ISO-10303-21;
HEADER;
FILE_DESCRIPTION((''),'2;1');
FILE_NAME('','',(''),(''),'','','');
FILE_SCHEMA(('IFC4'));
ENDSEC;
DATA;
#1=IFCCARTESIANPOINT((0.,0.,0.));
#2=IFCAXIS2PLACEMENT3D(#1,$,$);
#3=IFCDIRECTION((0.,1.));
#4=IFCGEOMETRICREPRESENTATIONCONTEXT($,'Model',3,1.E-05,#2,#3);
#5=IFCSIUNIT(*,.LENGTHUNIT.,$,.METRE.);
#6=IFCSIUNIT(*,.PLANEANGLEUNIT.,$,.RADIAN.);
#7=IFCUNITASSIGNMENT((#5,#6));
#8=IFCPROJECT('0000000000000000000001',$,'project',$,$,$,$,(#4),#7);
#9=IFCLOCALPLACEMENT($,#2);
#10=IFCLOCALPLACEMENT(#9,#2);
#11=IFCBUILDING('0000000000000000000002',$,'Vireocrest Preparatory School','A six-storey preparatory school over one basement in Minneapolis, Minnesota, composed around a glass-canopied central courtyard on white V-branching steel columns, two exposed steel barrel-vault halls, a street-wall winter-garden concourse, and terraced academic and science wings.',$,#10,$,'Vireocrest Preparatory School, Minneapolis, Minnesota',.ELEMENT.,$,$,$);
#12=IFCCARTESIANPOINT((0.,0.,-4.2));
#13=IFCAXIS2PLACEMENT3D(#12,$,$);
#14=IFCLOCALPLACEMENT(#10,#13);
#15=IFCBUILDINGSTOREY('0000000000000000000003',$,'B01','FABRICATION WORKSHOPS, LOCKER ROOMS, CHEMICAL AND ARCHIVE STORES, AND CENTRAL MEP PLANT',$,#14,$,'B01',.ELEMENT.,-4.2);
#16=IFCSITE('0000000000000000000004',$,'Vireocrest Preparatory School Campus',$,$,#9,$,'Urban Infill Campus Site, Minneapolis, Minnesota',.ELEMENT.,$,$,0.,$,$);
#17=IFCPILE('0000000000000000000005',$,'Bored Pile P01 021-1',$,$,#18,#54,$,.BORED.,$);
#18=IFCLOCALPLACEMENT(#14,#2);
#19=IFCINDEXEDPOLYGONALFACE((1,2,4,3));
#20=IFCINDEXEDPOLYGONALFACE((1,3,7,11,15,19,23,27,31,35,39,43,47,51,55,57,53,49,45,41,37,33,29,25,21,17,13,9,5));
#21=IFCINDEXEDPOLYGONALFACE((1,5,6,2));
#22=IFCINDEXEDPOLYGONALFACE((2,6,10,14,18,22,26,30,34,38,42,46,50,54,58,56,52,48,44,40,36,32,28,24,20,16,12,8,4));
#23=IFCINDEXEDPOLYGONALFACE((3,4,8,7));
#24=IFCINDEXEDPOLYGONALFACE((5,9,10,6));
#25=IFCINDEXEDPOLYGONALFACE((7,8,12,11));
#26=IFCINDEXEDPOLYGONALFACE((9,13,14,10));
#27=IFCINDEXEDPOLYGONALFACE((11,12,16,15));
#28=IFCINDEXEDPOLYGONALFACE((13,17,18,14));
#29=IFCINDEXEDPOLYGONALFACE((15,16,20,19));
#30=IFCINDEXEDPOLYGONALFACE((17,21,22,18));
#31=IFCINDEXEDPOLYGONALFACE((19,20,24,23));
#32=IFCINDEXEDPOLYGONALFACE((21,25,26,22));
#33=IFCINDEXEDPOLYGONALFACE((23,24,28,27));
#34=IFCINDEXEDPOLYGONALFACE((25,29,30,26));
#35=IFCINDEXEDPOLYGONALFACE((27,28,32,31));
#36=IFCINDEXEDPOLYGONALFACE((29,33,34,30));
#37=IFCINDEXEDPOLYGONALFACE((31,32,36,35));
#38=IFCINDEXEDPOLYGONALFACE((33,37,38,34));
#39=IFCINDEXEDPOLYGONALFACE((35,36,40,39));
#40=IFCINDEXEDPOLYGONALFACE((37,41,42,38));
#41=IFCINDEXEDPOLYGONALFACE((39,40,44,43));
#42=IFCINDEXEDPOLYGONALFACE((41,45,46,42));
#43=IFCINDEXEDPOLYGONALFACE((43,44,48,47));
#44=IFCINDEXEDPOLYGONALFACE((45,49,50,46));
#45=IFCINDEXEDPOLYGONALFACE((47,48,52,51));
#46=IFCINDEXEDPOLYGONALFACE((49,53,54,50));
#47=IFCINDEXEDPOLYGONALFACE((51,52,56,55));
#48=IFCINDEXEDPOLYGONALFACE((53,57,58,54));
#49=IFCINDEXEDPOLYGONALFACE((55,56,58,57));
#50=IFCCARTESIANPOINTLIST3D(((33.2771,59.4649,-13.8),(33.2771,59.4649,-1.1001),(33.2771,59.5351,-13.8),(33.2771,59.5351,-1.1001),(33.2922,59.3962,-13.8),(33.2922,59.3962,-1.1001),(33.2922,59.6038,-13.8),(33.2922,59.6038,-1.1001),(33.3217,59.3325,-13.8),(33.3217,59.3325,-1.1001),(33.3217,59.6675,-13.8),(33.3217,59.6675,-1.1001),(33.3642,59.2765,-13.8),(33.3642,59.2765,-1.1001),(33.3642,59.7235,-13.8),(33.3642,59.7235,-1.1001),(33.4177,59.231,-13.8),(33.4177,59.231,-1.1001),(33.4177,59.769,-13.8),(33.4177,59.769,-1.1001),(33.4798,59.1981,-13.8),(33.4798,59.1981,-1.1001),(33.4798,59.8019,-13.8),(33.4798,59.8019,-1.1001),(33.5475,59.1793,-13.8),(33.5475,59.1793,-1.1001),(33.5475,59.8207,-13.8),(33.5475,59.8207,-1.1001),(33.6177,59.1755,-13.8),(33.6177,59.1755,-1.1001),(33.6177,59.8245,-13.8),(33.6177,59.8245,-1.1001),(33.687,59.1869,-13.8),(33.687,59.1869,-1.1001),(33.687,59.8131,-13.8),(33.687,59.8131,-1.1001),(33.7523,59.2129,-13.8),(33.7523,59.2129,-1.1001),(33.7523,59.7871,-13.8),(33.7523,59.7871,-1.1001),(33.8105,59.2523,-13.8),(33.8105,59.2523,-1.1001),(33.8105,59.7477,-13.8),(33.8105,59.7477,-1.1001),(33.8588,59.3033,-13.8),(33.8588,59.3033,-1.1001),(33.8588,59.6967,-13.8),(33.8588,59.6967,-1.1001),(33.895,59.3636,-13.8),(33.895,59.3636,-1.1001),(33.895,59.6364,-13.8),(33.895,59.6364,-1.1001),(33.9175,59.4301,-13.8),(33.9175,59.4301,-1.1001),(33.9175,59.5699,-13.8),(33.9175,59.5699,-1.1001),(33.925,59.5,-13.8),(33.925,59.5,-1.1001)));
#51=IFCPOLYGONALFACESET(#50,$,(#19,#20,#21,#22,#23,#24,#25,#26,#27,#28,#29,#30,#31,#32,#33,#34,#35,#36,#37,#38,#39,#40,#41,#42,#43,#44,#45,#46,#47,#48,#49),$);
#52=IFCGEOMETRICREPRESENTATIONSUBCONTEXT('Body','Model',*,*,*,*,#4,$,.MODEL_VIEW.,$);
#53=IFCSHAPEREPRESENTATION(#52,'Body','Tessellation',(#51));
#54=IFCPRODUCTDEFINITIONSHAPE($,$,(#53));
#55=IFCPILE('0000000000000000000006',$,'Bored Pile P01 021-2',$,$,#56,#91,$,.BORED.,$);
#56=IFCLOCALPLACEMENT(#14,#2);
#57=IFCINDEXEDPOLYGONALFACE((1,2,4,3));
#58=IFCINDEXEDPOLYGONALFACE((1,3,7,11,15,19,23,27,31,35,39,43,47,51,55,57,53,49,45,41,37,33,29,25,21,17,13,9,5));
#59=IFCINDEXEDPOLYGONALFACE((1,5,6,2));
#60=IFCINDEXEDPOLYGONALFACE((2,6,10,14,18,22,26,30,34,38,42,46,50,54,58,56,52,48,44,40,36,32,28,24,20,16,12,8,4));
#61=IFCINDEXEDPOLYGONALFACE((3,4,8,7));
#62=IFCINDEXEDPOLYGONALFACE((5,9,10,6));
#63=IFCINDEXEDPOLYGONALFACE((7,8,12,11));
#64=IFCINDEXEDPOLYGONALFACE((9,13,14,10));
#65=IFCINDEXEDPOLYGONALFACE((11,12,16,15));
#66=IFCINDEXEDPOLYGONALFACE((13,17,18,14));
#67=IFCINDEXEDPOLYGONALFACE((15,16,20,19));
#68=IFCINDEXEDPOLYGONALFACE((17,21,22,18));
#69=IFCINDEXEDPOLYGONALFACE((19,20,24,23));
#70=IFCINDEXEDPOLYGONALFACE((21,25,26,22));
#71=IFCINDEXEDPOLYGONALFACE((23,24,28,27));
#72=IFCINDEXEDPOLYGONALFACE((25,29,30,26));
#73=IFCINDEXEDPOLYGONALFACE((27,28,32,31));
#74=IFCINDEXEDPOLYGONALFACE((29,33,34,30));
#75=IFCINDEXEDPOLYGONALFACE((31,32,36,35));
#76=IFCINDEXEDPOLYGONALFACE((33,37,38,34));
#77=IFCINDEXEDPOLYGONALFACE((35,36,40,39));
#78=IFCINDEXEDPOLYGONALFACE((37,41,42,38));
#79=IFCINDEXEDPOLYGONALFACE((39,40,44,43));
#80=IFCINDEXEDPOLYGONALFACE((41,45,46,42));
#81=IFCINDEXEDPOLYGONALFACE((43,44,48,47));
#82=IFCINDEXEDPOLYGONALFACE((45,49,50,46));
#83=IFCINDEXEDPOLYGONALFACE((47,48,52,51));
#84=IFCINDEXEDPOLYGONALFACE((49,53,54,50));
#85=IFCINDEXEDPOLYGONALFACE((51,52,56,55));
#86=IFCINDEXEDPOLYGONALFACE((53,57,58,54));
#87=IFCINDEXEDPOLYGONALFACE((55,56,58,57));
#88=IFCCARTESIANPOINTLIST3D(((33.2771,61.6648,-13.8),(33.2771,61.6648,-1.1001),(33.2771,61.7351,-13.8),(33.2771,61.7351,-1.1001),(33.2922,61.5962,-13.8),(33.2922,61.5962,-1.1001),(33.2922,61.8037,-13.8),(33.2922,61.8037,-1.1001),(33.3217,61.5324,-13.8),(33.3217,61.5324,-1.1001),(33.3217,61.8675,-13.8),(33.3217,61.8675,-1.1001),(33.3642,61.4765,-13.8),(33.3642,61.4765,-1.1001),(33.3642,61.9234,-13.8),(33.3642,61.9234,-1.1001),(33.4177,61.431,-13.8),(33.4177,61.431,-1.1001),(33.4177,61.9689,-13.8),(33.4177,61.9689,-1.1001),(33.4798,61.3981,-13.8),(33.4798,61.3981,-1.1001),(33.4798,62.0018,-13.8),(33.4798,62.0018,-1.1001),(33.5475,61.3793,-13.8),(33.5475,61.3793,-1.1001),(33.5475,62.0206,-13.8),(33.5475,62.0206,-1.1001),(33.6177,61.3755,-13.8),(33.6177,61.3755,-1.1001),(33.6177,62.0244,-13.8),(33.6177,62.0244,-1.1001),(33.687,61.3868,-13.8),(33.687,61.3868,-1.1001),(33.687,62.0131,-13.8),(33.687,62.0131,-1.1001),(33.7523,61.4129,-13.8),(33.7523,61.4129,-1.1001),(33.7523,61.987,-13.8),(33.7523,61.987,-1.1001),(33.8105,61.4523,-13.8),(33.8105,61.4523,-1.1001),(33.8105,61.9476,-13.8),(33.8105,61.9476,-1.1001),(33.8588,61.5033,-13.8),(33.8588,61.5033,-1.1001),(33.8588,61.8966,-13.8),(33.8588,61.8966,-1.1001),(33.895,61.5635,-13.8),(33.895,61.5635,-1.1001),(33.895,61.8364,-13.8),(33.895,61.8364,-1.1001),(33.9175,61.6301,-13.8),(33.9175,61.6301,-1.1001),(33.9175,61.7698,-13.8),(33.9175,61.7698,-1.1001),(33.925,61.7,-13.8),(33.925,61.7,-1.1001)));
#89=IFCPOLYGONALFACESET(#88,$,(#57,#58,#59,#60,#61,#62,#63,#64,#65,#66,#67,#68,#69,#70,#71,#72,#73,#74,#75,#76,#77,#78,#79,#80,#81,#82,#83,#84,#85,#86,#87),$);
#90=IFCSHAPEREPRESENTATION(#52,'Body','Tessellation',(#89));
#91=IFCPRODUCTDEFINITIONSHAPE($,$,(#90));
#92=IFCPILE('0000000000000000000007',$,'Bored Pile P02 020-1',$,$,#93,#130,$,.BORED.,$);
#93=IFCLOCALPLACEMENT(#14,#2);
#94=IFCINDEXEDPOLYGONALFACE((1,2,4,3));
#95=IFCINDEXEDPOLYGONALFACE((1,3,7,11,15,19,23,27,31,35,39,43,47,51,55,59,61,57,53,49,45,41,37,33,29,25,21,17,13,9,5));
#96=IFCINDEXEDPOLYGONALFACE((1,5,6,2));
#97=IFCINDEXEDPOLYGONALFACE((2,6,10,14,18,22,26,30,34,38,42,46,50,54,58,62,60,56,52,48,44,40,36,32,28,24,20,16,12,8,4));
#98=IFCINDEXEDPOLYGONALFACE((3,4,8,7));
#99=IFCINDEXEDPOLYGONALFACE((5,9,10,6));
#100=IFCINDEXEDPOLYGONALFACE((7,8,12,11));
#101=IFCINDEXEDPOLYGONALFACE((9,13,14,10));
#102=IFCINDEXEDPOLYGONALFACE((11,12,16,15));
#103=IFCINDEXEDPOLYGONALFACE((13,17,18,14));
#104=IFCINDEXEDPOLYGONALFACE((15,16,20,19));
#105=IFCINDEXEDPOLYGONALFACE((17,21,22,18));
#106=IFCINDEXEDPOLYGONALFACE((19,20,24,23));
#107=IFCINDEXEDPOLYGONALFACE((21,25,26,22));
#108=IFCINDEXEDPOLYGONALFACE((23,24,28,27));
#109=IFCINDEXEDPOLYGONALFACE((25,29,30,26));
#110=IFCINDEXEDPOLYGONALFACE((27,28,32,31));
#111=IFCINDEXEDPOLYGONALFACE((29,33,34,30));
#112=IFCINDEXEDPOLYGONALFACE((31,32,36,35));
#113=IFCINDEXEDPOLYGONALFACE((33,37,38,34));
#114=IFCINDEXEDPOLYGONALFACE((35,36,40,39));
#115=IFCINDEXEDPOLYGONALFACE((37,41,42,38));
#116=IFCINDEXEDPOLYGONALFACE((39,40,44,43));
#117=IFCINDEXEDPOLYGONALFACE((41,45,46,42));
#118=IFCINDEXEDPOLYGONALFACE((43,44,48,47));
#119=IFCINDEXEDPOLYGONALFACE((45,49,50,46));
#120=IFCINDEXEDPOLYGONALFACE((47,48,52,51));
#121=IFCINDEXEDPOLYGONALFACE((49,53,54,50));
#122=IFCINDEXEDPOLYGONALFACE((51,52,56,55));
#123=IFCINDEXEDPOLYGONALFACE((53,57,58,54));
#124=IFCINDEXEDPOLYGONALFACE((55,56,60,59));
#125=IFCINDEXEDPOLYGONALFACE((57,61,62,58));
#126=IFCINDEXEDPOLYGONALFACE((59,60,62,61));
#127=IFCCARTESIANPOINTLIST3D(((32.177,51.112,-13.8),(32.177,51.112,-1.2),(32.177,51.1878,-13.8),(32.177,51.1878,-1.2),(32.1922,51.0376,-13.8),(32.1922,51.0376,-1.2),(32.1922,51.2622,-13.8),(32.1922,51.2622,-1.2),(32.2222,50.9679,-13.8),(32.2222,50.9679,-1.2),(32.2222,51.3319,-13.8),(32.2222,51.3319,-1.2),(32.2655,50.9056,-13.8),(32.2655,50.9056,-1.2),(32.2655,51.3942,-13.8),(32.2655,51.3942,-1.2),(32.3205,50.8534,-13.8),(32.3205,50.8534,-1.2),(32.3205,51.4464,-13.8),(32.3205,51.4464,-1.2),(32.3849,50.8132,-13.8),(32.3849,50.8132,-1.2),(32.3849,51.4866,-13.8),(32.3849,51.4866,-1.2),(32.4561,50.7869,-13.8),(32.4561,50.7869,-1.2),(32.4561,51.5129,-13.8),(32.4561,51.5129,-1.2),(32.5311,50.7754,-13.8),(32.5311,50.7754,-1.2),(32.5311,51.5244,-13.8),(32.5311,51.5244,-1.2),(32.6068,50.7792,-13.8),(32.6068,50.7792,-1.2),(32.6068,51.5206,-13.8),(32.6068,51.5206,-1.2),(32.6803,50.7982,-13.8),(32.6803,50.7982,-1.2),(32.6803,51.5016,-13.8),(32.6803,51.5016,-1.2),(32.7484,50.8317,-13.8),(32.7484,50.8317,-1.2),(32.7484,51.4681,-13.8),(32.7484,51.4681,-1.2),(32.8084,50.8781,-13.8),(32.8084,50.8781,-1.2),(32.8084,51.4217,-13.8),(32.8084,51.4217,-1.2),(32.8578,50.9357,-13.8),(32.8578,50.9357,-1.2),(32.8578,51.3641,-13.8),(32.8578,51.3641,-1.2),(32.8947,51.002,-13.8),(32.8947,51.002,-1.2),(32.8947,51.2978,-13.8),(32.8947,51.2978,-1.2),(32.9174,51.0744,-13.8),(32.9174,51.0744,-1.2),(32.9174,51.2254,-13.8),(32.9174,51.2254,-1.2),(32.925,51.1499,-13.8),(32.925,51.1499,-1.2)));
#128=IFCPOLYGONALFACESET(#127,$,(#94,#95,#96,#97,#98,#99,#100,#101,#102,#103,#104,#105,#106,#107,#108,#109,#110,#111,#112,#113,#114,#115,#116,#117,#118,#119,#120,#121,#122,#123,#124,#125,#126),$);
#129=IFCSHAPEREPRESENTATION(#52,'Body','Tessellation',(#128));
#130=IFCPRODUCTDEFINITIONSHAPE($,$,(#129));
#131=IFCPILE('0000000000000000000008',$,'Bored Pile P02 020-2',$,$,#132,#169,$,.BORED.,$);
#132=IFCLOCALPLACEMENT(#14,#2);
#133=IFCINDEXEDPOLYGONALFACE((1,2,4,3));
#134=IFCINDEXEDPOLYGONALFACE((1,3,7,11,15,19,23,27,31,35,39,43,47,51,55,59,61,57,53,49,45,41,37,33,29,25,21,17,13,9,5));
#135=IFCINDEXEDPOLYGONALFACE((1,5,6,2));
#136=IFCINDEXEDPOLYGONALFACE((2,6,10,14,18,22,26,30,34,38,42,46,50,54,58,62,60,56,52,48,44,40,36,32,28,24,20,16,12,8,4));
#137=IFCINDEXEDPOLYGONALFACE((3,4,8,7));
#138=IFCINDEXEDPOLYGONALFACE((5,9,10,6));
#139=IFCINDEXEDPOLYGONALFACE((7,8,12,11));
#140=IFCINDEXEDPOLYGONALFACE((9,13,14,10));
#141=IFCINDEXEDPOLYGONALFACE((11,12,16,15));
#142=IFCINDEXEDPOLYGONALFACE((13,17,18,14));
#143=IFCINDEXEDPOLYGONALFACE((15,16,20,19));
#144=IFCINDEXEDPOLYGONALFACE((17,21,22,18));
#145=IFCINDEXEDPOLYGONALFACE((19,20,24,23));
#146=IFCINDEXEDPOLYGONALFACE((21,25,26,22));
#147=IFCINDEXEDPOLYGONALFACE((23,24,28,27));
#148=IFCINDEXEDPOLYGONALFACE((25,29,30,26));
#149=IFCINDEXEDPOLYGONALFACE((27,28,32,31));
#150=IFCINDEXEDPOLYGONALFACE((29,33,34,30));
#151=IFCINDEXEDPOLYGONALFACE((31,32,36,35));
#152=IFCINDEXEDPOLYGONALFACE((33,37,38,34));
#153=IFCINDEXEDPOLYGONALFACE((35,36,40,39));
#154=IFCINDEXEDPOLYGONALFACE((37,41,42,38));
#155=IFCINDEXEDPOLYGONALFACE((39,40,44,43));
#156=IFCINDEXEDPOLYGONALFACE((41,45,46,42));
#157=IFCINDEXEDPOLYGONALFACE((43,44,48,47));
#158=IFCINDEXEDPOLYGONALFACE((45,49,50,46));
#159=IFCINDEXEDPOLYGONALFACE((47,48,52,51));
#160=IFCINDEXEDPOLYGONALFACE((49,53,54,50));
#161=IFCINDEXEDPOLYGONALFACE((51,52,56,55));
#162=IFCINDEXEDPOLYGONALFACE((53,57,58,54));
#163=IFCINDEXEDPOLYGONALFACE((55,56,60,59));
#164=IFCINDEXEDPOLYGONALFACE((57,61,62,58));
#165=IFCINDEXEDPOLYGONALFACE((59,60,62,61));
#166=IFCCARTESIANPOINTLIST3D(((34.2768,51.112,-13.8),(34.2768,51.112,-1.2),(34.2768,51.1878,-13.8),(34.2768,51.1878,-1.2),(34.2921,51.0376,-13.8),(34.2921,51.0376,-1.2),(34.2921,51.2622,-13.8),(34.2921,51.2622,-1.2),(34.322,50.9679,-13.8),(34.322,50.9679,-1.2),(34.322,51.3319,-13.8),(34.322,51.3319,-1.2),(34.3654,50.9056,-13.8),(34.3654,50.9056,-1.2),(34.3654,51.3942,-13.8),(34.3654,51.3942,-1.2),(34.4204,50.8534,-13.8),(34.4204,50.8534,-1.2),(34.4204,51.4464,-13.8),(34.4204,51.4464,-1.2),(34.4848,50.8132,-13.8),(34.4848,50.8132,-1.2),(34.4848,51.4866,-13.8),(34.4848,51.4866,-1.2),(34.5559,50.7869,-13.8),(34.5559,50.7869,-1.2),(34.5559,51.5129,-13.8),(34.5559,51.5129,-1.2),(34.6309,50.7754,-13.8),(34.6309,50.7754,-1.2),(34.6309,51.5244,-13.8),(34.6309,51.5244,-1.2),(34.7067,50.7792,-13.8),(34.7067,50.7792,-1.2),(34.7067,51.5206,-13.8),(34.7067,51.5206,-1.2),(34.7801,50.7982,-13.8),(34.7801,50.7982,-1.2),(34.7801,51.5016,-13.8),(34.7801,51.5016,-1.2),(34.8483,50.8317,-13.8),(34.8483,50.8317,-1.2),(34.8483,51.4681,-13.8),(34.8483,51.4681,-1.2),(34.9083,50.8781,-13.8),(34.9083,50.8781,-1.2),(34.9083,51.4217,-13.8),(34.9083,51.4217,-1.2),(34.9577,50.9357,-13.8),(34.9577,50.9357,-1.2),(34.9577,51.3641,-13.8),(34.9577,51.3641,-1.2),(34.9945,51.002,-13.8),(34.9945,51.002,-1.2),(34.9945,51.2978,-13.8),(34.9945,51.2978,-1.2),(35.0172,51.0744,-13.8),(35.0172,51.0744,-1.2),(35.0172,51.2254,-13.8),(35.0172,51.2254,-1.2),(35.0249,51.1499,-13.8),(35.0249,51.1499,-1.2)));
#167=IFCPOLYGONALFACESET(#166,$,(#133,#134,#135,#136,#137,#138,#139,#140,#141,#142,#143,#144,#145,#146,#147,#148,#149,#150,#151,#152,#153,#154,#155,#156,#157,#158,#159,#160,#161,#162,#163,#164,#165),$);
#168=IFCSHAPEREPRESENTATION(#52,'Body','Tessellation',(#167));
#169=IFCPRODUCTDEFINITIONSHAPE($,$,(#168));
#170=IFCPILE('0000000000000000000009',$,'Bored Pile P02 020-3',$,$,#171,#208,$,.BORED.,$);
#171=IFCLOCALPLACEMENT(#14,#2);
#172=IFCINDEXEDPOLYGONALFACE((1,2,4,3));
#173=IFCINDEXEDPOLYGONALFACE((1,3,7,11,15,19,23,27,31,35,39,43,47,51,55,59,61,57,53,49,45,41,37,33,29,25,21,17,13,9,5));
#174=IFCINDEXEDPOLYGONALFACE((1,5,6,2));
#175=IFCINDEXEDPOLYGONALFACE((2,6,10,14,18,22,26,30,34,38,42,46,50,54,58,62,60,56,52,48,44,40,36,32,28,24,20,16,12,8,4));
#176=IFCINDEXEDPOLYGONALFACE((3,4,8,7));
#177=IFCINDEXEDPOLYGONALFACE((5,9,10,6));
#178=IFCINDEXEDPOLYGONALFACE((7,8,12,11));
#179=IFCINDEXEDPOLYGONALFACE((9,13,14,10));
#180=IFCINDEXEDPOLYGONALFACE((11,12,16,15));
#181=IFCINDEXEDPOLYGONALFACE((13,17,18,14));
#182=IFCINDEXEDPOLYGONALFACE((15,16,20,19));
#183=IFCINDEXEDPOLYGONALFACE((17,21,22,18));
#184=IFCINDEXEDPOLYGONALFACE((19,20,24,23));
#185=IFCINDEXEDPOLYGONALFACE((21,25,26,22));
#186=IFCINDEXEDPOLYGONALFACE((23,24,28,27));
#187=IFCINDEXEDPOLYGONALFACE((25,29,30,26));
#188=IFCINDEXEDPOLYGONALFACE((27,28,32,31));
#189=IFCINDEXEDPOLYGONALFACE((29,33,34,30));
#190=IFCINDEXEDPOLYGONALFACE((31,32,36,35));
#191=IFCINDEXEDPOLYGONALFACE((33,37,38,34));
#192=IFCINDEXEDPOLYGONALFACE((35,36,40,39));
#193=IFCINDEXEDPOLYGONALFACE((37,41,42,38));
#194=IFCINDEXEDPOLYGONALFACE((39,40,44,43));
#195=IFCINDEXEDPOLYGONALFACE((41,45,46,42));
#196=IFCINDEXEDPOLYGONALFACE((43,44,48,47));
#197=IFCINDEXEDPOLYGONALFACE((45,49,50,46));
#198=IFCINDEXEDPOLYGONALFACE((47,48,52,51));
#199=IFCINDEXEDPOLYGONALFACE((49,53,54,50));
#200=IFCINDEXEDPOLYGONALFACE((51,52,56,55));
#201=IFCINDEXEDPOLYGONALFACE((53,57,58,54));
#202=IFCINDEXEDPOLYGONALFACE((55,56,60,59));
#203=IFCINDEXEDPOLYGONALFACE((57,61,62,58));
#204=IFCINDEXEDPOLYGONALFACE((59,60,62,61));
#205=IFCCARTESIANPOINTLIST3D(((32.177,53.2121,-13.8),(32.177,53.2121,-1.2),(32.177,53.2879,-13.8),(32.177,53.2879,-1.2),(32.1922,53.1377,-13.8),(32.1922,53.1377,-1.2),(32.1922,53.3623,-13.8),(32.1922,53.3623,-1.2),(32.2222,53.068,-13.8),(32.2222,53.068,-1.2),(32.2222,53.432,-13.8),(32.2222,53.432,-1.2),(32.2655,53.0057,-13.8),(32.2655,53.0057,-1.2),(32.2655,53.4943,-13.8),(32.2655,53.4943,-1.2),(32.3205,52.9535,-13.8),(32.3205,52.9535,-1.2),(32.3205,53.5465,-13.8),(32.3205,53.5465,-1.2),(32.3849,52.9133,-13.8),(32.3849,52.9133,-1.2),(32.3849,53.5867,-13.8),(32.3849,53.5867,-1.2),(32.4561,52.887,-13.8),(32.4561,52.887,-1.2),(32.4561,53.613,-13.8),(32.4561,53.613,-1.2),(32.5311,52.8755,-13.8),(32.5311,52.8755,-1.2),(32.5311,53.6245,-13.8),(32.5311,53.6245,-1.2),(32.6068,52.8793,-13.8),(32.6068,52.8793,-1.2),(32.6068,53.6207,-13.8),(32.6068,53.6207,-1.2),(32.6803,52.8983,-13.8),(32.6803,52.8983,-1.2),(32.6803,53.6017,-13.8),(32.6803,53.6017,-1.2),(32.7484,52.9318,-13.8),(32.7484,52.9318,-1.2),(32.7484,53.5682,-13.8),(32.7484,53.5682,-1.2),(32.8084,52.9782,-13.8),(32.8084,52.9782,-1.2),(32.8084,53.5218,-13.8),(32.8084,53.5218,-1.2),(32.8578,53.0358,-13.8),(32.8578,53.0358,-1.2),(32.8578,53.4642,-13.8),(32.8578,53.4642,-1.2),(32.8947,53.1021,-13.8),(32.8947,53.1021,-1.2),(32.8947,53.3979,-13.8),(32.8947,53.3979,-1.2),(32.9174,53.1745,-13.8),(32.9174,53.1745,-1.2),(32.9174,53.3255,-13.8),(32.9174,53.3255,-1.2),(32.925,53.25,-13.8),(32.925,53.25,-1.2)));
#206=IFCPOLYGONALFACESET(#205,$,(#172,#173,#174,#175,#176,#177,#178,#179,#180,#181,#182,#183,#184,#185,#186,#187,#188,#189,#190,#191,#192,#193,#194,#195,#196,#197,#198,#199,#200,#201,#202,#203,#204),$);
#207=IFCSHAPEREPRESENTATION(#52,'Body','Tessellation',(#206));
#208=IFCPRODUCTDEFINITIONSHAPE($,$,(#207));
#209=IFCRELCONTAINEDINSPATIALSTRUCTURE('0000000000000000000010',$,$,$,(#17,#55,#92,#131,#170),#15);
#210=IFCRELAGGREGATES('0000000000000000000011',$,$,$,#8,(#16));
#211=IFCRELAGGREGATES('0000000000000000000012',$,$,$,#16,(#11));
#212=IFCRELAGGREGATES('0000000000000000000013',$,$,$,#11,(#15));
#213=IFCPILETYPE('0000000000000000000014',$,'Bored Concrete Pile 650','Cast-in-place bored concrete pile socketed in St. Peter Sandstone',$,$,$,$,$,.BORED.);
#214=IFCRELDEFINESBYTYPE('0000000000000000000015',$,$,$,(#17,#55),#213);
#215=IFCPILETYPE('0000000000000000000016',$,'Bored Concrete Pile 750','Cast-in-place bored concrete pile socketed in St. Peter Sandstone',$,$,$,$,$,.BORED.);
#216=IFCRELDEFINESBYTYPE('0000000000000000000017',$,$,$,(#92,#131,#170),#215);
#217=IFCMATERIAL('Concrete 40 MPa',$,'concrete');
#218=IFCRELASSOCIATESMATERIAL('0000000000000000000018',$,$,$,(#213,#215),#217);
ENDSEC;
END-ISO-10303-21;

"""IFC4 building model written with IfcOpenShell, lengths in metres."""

from ifc_helpers import new_model, si_unit, direction, frame, origin, origin_2d, place, context, subcontext, project, spatial, circle, extrude, material, material_profile, profile_set, type_object, element, save


model = new_model("IFC4")

# Units and contexts
model_context = context("Model", 3, precision=1e-05, world=origin(), true_north=direction((0.0, 1.0)))
body_context = subcontext(model_context, "Body", "Model", "MODEL_VIEW")
ifc_project = project(units=[si_unit("LENGTHUNIT", "METRE"), si_unit("PLANEANGLEUNIT", "RADIAN")], contexts=[model_context])

# Site, building, storey
site_placement = place(None, origin())
site = spatial("IfcSite", under=ifc_project, at=site_placement, Name="Vireocrest Preparatory School Campus", LongName="Urban Infill Campus Site, Minneapolis, Minnesota", CompositionType="ELEMENT", RefElevation=0.0)
building_placement = place(site_placement, origin())
building = spatial("IfcBuilding", under=site, at=building_placement, Name="Vireocrest Preparatory School", Description="A six-storey preparatory school over one basement in Minneapolis, Minnesota, composed around a glass-canopied central courtyard on white V-branching steel columns, two exposed steel barrel-vault halls, a street-wall winter-garden concourse, and terraced academic and science wings.", LongName="Vireocrest Preparatory School, Minneapolis, Minnesota", CompositionType="ELEMENT")
storey_placement = place(building_placement, frame((0.0, 0.0, -4.2)))
storey = spatial("IfcBuildingStorey", under=building, at=storey_placement, Name="B01", Description="FABRICATION WORKSHOPS, LOCKER ROOMS, CHEMICAL AND ARCHIVE STORES, AND CENTRAL MEP PLANT", LongName="B01", CompositionType="ELEMENT", Elevation=-4.2)

# Piles
ifc_material_1 = material(Name="Concrete 40 MPa", Category="concrete")
ifc_material_profile_1 = material_profile(ifc_material_1, circle(Radius=0.325, at=origin_2d()), Name="BORED PILE 650")
ifc_profile_set_1 = profile_set([ifc_material_profile_1], Name="Concrete 40 MPa")
pile_type_1 = type_object("IfcPileType", Name="Bored Concrete Pile 650", Description="Cast-in-place bored concrete pile socketed in St. Peter Sandstone", PredefinedType="BORED", material=ifc_profile_set_1)
for number, where, z_axis, x_axis, name in (
    (1, (33.6001, 59.5, -1.1001), (0.0, 0.0, -1.0), (1.0, 0.0, 0.0), "Bored Pile P01 021-1"),
    (2, (33.6001, 61.7, -1.1001), (0.0, 0.0, -1.0), (1.0, 0.0, 0.0), "Bored Pile P01 021-2"),
):
    element("IfcPile", number, at=place(storey_placement, frame(where, z_axis=z_axis, x_axis=x_axis)), inside=storey, type_object=pile_type_1, Name=name, PredefinedType="BORED", context=body_context, shape_type="SweptSolid", body=[
        extrude(circle(Radius=0.325, at=origin_2d()), origin(), (0.0, 0.0, 1.0), 12.7),
    ])
ifc_material_profile_2 = material_profile(ifc_material_1, circle(Radius=0.375, at=origin_2d()), Name="BORED PILE 750")
ifc_profile_set_2 = profile_set([ifc_material_profile_2], Name="Concrete 40 MPa")
pile_type_2 = type_object("IfcPileType", Name="Bored Concrete Pile 750", Description="Cast-in-place bored concrete pile socketed in St. Peter Sandstone", PredefinedType="BORED", material=ifc_profile_set_2)
for number, where, z_axis, x_axis, name in (
    (3, (32.55, 51.1499, -1.2), (0.0, 0.0, -1.0), (1.0, 0.0, 0.0), "Bored Pile P02 020-1"),
    (4, (34.6499, 51.1499, -1.2), (0.0, 0.0, -1.0), (1.0, 0.0, 0.0), "Bored Pile P02 020-2"),
    (5, (32.55, 53.25, -1.2), (0.0, 0.0, -1.0), (1.0, 0.0, 0.0), "Bored Pile P02 020-3"),
):
    element("IfcPile", number, at=place(storey_placement, frame(where, z_axis=z_axis, x_axis=x_axis)), inside=storey, type_object=pile_type_2, Name=name, PredefinedType="BORED", context=body_context, shape_type="SweptSolid", body=[
        extrude(circle(Radius=0.375, at=origin_2d()), origin(), (0.0, 0.0, 1.0), 12.6001),
    ])

save(model, "model.ifc")
